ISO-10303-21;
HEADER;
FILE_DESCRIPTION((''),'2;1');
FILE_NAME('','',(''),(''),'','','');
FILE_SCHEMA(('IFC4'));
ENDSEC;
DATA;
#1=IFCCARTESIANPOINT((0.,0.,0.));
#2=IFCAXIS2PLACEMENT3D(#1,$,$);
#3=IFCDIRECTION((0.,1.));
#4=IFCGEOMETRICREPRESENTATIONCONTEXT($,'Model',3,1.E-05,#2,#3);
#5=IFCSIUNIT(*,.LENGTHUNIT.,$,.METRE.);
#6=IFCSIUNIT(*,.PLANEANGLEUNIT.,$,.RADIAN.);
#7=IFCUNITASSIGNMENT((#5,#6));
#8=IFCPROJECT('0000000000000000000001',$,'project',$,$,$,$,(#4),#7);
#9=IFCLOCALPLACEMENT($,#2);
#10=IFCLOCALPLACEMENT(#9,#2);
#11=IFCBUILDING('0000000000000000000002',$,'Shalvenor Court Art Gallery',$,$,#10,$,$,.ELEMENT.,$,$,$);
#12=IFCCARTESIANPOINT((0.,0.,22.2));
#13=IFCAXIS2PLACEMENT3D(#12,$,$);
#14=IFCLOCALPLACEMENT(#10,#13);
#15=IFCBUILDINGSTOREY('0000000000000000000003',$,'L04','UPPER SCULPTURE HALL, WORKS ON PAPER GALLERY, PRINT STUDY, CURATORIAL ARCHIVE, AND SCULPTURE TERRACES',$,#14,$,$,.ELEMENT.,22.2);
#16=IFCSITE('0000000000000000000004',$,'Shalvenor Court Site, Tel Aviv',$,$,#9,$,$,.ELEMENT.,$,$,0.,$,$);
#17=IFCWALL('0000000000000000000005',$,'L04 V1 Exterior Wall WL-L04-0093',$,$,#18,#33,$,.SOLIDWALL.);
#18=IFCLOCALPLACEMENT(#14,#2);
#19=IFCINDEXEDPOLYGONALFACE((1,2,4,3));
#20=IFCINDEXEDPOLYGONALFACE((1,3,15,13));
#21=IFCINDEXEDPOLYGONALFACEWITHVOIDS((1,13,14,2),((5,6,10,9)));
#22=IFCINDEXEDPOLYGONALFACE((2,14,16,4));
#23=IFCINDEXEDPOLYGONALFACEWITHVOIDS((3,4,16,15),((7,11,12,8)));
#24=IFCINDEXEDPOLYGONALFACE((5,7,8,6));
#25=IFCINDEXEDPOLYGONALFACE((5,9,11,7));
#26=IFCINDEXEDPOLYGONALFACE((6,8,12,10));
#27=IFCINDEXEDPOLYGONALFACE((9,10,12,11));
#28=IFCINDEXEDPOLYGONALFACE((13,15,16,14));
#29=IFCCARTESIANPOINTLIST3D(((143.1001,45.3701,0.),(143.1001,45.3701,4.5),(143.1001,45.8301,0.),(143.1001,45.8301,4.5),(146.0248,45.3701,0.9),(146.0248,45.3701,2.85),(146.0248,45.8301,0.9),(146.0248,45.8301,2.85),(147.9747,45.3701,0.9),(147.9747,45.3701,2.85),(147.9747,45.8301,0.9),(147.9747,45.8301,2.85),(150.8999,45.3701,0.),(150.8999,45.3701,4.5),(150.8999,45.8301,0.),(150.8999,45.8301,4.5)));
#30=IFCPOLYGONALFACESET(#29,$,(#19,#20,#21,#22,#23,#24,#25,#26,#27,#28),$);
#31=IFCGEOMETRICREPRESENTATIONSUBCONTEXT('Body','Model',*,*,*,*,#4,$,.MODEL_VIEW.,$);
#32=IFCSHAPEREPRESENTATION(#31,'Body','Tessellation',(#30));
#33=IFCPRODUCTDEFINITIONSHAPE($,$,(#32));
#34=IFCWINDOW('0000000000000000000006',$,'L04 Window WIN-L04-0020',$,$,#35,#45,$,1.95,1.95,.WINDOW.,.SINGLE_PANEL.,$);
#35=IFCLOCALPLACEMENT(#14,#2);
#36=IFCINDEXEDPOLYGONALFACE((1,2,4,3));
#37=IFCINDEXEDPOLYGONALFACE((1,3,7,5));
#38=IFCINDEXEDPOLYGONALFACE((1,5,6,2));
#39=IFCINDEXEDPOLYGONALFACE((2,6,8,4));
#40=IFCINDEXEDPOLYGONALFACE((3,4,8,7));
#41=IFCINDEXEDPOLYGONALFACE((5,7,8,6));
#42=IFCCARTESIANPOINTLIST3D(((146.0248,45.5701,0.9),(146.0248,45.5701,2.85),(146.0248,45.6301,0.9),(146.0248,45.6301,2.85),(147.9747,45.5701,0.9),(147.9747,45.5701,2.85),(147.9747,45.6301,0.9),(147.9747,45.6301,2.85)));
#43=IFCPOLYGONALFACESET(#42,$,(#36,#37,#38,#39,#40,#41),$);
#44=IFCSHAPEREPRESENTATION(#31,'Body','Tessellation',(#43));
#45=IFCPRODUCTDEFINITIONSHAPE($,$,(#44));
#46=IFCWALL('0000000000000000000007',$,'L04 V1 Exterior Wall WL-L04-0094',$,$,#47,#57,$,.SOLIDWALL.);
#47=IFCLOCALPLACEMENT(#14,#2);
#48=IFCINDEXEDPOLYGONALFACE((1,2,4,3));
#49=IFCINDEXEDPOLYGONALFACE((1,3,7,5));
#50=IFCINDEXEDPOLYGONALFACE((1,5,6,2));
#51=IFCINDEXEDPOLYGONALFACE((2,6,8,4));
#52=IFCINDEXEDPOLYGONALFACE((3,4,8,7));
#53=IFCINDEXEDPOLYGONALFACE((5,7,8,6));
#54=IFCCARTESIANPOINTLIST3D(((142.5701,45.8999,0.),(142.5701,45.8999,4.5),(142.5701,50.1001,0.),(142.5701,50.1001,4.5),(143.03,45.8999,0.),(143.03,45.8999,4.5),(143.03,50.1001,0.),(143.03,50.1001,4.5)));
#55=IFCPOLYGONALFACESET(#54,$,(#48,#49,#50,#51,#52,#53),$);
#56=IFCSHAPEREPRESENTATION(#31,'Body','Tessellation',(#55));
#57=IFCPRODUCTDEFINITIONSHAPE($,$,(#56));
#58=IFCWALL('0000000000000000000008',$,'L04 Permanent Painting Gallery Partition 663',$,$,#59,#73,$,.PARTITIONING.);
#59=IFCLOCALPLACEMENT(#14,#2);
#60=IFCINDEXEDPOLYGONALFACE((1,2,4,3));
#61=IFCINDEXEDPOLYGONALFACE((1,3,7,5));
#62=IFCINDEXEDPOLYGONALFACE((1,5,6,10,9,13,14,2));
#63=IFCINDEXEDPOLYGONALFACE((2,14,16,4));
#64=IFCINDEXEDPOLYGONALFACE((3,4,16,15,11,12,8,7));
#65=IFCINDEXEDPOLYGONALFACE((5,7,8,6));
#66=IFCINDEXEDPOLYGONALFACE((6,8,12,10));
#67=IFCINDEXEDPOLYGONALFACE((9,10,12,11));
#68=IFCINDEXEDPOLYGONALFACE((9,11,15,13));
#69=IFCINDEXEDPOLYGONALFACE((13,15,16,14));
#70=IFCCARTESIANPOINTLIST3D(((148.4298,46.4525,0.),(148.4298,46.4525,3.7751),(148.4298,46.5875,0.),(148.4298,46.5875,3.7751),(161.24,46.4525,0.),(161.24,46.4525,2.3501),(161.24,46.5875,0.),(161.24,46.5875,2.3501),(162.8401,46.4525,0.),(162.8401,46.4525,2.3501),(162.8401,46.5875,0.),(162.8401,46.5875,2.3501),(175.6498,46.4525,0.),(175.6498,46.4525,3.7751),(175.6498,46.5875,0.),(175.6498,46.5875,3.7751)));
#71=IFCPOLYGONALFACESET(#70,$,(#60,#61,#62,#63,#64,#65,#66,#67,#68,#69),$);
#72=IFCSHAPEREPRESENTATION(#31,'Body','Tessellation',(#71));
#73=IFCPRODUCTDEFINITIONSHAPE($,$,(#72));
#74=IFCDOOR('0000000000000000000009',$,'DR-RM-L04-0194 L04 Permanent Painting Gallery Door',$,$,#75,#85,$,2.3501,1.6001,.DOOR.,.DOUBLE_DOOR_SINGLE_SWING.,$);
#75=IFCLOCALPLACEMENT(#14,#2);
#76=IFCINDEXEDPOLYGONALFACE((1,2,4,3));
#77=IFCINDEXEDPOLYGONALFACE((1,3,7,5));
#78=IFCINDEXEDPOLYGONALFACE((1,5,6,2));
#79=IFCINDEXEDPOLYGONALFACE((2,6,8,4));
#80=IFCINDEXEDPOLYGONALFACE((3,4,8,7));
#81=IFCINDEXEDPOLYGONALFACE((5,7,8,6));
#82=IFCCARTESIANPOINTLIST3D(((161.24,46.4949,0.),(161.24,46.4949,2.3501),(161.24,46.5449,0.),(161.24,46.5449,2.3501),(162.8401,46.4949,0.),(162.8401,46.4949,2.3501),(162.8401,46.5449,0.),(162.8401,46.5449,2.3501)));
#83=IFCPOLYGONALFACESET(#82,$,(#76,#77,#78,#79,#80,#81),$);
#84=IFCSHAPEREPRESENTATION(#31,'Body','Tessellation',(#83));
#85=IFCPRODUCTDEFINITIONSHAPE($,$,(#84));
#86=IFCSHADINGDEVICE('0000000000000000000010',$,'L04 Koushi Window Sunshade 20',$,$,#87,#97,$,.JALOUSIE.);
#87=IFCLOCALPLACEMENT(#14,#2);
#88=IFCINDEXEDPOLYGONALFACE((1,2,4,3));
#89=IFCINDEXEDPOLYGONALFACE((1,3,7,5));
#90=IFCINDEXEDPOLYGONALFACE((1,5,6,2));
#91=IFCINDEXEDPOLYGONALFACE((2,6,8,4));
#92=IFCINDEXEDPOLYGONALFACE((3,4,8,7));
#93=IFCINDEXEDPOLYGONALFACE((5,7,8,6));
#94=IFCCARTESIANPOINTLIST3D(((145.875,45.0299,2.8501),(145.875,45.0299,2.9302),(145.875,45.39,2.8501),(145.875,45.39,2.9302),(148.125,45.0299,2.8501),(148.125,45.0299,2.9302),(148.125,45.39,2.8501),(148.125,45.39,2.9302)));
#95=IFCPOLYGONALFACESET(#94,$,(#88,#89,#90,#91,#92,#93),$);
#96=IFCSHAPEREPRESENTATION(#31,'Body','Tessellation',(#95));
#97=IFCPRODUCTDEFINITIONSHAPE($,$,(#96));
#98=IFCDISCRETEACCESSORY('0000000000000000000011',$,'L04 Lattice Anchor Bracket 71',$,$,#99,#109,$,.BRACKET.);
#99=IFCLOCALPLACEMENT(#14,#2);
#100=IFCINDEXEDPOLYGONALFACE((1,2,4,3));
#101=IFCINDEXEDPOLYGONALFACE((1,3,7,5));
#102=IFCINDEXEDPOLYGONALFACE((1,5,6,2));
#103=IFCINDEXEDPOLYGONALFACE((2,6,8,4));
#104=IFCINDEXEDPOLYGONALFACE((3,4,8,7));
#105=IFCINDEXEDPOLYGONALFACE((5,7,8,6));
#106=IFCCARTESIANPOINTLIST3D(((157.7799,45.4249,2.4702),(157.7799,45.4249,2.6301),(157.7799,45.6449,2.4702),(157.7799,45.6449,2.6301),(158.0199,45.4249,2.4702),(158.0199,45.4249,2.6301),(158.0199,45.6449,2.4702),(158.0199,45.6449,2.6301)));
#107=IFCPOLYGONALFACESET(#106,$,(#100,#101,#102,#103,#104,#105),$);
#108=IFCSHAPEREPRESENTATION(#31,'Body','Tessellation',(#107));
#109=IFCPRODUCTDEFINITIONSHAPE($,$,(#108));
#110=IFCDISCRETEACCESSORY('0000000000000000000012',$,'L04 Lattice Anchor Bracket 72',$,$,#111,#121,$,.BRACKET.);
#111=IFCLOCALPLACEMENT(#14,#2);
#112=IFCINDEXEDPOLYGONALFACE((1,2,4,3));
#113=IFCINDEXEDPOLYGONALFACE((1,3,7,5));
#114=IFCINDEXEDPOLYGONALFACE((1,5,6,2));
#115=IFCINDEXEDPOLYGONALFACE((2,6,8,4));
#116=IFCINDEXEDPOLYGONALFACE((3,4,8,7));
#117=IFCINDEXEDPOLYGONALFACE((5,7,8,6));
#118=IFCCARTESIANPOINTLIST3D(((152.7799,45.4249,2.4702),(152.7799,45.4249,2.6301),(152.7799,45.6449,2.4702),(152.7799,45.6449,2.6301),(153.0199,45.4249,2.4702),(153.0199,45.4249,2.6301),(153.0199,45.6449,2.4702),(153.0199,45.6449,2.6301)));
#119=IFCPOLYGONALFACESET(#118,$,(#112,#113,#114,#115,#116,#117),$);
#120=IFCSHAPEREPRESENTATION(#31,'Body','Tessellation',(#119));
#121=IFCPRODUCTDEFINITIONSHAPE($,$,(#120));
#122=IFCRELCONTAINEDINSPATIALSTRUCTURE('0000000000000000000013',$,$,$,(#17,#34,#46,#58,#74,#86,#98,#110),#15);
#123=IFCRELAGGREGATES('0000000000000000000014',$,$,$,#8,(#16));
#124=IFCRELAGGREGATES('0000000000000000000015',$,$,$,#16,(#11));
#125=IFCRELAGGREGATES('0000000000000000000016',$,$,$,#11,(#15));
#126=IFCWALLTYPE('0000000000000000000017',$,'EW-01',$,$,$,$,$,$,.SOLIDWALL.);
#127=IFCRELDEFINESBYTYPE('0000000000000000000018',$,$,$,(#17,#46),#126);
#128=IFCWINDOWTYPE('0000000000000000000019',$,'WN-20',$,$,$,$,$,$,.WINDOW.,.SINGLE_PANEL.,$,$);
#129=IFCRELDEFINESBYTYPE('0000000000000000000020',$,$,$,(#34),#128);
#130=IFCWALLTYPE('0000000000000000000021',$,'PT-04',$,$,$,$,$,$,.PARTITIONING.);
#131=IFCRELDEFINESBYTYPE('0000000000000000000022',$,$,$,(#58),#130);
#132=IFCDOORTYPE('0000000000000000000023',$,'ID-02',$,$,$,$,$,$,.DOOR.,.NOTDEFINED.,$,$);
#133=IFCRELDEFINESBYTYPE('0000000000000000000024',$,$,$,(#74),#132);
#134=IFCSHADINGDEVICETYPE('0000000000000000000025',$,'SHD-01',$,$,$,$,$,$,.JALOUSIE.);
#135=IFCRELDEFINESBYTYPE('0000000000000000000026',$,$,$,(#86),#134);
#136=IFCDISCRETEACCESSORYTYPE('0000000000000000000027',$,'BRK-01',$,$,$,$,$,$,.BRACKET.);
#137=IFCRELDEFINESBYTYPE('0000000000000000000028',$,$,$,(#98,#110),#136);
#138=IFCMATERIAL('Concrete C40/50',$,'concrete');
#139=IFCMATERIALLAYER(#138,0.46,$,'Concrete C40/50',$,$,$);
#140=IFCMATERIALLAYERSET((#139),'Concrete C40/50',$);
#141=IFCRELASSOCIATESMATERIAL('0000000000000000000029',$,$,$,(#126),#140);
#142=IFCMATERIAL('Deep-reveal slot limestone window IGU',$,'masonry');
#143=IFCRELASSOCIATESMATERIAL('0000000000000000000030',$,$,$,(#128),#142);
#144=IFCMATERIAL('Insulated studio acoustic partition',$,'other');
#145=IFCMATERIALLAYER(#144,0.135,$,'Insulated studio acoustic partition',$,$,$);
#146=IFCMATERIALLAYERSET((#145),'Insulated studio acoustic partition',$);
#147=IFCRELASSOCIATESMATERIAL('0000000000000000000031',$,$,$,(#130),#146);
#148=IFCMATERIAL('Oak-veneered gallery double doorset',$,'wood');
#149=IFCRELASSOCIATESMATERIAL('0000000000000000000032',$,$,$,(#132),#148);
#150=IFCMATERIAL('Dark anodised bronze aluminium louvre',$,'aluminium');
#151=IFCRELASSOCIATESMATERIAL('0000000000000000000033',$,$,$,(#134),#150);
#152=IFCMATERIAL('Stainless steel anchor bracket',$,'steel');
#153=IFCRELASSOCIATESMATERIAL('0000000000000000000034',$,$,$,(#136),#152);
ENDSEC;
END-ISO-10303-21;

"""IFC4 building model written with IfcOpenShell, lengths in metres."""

from ifc_helpers import new_model, si_unit, direction, frame, frame_2d, origin, origin_2d, place, context, subcontext, project, spatial, rectangle, extrude, material, layer, layer_set, type_object, element, fill, save


model = new_model("IFC4")

# Units and contexts
model_context = context("Model", 3, precision=1e-05, world=origin(), true_north=direction((0.0, 1.0)))
body_context = subcontext(model_context, "Body", "Model", "MODEL_VIEW")
ifc_project = project(units=[si_unit("LENGTHUNIT", "METRE"), si_unit("PLANEANGLEUNIT", "RADIAN")], contexts=[model_context])

# Site, building, storey
site_placement = place(None, origin())
site = spatial("IfcSite", under=ifc_project, at=site_placement, Name="Shalvenor Court Site, Tel Aviv", CompositionType="ELEMENT", RefElevation=0.0)
building_placement = place(site_placement, origin())
building = spatial("IfcBuilding", under=site, at=building_placement, Name="Shalvenor Court Art Gallery", CompositionType="ELEMENT")
storey_placement = place(building_placement, frame((0.0, 0.0, 22.2)))
storey = spatial("IfcBuildingStorey", under=building, at=storey_placement, Name="L04", Description="UPPER SCULPTURE HALL, WORKS ON PAPER GALLERY, PRINT STUDY, CURATORIAL ARCHIVE, AND SCULPTURE TERRACES", CompositionType="ELEMENT", Elevation=22.2)

# Wall, opening, window
ifc_material_1 = material(Name="Concrete C40/50", Category="concrete")
ifc_layer_1 = layer(ifc_material_1, 0.46, Name="Concrete C40/50")
ifc_layer_set_1 = layer_set([ifc_layer_1], Name="Concrete C40/50")
wall_type_1 = type_object("IfcWallType", Name="EW-01", PredefinedType="SOLIDWALL", material=ifc_layer_set_1)
wall_1_placement = place(storey_placement, frame((150.8999, 45.6001, 0.0), z_axis=(0.0, 0.0, 1.0), x_axis=(-1.0, 0.0, 0.0)))
wall_1 = element("IfcWall", 1, at=wall_1_placement, inside=storey, type_object=wall_type_1, Name="L04 V1 Exterior Wall WL-L04-0093", PredefinedType="SOLIDWALL", context=body_context, shape_type="SweptSolid", body=[
    extrude(rectangle(XDim=7.7998, YDim=0.46, at=frame_2d((3.8999, 0.0))), origin(), (0.0, 0.0, 1.0), 4.5),
])
opening_1_placement = place(wall_1_placement, frame((2.925, 0.0, 0.8999)))
opening_1 = element("IfcOpeningElement", 2, at=opening_1_placement, cuts=wall_1, PredefinedType="OPENING", context=body_context, shape_type="SweptSolid", body=[
    extrude(rectangle(XDim=1.95, YDim=1.95, at=frame_2d((0.9751, 0.9751))), frame((0.0, 0.24, 0.0), z_axis=(0.0, -1.0, 0.0), x_axis=(1.0, 0.0, 0.0)), (0.0, 0.0, 1.0), 0.48),
])
ifc_material_2 = material(Name="Deep-reveal slot limestone window IGU", Category="masonry")
window_type = type_object("IfcWindowType", Name="WN-20", PartitioningType="SINGLE_PANEL", PredefinedType="WINDOW", material=ifc_material_2)
window_placement = place(opening_1_placement, origin())
window = element("IfcWindow", 3, at=window_placement, inside=storey, type_object=window_type, Name="L04 Window WIN-L04-0020", OverallHeight=1.95, OverallWidth=1.95, PartitioningType="SINGLE_PANEL", PredefinedType="WINDOW", context=body_context, shape_type="SweptSolid", body=[
    extrude(rectangle(XDim=1.95, YDim=1.95, at=frame_2d((0.9751, 0.9751))), frame((0.0, 0.03, 0.0), z_axis=(0.0, -1.0, 0.0), x_axis=(1.0, 0.0, 0.0)), (0.0, 0.0, 1.0), 0.0601),
])
fill(opening_1, window)

# Wall
wall_2_placement = place(storey_placement, frame((142.8, 45.8999, 0.0), z_axis=(0.0, 0.0, 1.0), x_axis=(0.0, 1.0, 0.0)))
element("IfcWall", 4, at=wall_2_placement, inside=storey, type_object=wall_type_1, Name="L04 V1 Exterior Wall WL-L04-0094", PredefinedType="SOLIDWALL", context=body_context, shape_type="SweptSolid", body=[
    extrude(rectangle(XDim=4.2002, YDim=0.46, at=frame_2d((2.1001, 0.0))), origin(), (0.0, 0.0, 1.0), 4.5),
])

# Wall, opening, door
ifc_material_3 = material(Name="Insulated studio acoustic partition", Category="other")
ifc_layer_2 = layer(ifc_material_3, 0.135, Name="Insulated studio acoustic partition")
ifc_layer_set_2 = layer_set([ifc_layer_2], Name="Insulated studio acoustic partition")
wall_type_2 = type_object("IfcWallType", Name="PT-04", PredefinedType="PARTITIONING", material=ifc_layer_set_2)
wall_3_placement = place(storey_placement, frame((148.4299, 46.52, 0.0), z_axis=(0.0, 0.0, 1.0), x_axis=(1.0, 0.0, 0.0)))
wall_3 = element("IfcWall", 5, at=wall_3_placement, inside=storey, type_object=wall_type_2, Name="L04 Permanent Painting Gallery Partition 663", PredefinedType="PARTITIONING", context=body_context, shape_type="SweptSolid", body=[
    extrude(rectangle(XDim=27.22, YDim=0.135, at=frame_2d((13.6099, 0.0))), origin(), (0.0, 0.0, 1.0), 3.7751),
])
opening_2_placement = place(wall_3_placement, frame((12.8101, 0.0, 0.0)))
opening_2 = element("IfcOpeningElement", 6, at=opening_2_placement, cuts=wall_3, PredefinedType="OPENING", context=body_context, shape_type="SweptSolid", body=[
    extrude(rectangle(XDim=1.6001, YDim=2.3501, at=frame_2d((0.8, 1.175))), frame((0.0, 0.0774, 0.0), z_axis=(0.0, -1.0, 0.0), x_axis=(1.0, 0.0, 0.0)), (0.0, 0.0, 1.0), 0.155),
])
ifc_material_4 = material(Name="Oak-veneered gallery double doorset", Category="wood")
door_type = type_object("IfcDoorType", Name="ID-02", OperationType="NOTDEFINED", PredefinedType="DOOR", material=ifc_material_4)
door_placement = place(opening_2_placement, origin())
door = element("IfcDoor", 7, at=door_placement, inside=storey, type_object=door_type, Name="DR-RM-L04-0194 L04 Permanent Painting Gallery Door", OperationType="DOUBLE_DOOR_SINGLE_SWING", OverallHeight=2.3501, OverallWidth=1.6001, PredefinedType="DOOR", context=body_context, shape_type="SweptSolid", body=[
    extrude(rectangle(XDim=1.6001, YDim=2.3501, at=frame_2d((0.8, 1.175))), frame((0.0, 0.0249, 0.0), z_axis=(0.0, -1.0, 0.0), x_axis=(1.0, 0.0, 0.0)), (0.0, 0.0, 1.0), 0.05),
])
fill(opening_2, door)

# Shading device
ifc_material_5 = material(Name="Dark anodised bronze aluminium louvre", Category="aluminium")
shading_device_type = type_object("IfcShadingDeviceType", Name="SHD-01", PredefinedType="JALOUSIE", material=ifc_material_5)
shading_device_placement = place(storey_placement, frame((147.0, 45.21, 2.8501), z_axis=(0.0, 0.0, 1.0), x_axis=(-1.0, 0.0, 0.0)))
element("IfcShadingDevice", 8, at=shading_device_placement, inside=storey, type_object=shading_device_type, Name="L04 Koushi Window Sunshade 20", PredefinedType="JALOUSIE", context=body_context, shape_type="SweptSolid", body=[
    extrude(rectangle(XDim=2.25, YDim=0.3601, at=origin_2d()), origin(), (0.0, 0.0, 1.0), 0.0801),
])

# Discrete accessories
ifc_material_6 = material(Name="Stainless steel anchor bracket", Category="steel")
discrete_accessory_type = type_object("IfcDiscreteAccessoryType", Name="BRK-01", PredefinedType="BRACKET", material=ifc_material_6)
for number, where, z_axis, x_axis, name in (
    (9, (157.8999, 45.5349, 2.4702), (0.0, 0.0, 1.0), (-1.0, 0.0, 0.0), "L04 Lattice Anchor Bracket 71"),
    (10, (152.8999, 45.5349, 2.4702), (0.0, 0.0, 1.0), (-1.0, 0.0, 0.0), "L04 Lattice Anchor Bracket 72"),
):
    element("IfcDiscreteAccessory", number, at=place(storey_placement, frame(where, z_axis=z_axis, x_axis=x_axis)), inside=storey, type_object=discrete_accessory_type, Name=name, PredefinedType="BRACKET", context=body_context, shape_type="SweptSolid", body=[
        extrude(rectangle(XDim=0.24, YDim=0.22, at=origin_2d()), origin(), (0.0, 0.0, 1.0), 0.1599),
    ])

save(model, "model.ifc")
